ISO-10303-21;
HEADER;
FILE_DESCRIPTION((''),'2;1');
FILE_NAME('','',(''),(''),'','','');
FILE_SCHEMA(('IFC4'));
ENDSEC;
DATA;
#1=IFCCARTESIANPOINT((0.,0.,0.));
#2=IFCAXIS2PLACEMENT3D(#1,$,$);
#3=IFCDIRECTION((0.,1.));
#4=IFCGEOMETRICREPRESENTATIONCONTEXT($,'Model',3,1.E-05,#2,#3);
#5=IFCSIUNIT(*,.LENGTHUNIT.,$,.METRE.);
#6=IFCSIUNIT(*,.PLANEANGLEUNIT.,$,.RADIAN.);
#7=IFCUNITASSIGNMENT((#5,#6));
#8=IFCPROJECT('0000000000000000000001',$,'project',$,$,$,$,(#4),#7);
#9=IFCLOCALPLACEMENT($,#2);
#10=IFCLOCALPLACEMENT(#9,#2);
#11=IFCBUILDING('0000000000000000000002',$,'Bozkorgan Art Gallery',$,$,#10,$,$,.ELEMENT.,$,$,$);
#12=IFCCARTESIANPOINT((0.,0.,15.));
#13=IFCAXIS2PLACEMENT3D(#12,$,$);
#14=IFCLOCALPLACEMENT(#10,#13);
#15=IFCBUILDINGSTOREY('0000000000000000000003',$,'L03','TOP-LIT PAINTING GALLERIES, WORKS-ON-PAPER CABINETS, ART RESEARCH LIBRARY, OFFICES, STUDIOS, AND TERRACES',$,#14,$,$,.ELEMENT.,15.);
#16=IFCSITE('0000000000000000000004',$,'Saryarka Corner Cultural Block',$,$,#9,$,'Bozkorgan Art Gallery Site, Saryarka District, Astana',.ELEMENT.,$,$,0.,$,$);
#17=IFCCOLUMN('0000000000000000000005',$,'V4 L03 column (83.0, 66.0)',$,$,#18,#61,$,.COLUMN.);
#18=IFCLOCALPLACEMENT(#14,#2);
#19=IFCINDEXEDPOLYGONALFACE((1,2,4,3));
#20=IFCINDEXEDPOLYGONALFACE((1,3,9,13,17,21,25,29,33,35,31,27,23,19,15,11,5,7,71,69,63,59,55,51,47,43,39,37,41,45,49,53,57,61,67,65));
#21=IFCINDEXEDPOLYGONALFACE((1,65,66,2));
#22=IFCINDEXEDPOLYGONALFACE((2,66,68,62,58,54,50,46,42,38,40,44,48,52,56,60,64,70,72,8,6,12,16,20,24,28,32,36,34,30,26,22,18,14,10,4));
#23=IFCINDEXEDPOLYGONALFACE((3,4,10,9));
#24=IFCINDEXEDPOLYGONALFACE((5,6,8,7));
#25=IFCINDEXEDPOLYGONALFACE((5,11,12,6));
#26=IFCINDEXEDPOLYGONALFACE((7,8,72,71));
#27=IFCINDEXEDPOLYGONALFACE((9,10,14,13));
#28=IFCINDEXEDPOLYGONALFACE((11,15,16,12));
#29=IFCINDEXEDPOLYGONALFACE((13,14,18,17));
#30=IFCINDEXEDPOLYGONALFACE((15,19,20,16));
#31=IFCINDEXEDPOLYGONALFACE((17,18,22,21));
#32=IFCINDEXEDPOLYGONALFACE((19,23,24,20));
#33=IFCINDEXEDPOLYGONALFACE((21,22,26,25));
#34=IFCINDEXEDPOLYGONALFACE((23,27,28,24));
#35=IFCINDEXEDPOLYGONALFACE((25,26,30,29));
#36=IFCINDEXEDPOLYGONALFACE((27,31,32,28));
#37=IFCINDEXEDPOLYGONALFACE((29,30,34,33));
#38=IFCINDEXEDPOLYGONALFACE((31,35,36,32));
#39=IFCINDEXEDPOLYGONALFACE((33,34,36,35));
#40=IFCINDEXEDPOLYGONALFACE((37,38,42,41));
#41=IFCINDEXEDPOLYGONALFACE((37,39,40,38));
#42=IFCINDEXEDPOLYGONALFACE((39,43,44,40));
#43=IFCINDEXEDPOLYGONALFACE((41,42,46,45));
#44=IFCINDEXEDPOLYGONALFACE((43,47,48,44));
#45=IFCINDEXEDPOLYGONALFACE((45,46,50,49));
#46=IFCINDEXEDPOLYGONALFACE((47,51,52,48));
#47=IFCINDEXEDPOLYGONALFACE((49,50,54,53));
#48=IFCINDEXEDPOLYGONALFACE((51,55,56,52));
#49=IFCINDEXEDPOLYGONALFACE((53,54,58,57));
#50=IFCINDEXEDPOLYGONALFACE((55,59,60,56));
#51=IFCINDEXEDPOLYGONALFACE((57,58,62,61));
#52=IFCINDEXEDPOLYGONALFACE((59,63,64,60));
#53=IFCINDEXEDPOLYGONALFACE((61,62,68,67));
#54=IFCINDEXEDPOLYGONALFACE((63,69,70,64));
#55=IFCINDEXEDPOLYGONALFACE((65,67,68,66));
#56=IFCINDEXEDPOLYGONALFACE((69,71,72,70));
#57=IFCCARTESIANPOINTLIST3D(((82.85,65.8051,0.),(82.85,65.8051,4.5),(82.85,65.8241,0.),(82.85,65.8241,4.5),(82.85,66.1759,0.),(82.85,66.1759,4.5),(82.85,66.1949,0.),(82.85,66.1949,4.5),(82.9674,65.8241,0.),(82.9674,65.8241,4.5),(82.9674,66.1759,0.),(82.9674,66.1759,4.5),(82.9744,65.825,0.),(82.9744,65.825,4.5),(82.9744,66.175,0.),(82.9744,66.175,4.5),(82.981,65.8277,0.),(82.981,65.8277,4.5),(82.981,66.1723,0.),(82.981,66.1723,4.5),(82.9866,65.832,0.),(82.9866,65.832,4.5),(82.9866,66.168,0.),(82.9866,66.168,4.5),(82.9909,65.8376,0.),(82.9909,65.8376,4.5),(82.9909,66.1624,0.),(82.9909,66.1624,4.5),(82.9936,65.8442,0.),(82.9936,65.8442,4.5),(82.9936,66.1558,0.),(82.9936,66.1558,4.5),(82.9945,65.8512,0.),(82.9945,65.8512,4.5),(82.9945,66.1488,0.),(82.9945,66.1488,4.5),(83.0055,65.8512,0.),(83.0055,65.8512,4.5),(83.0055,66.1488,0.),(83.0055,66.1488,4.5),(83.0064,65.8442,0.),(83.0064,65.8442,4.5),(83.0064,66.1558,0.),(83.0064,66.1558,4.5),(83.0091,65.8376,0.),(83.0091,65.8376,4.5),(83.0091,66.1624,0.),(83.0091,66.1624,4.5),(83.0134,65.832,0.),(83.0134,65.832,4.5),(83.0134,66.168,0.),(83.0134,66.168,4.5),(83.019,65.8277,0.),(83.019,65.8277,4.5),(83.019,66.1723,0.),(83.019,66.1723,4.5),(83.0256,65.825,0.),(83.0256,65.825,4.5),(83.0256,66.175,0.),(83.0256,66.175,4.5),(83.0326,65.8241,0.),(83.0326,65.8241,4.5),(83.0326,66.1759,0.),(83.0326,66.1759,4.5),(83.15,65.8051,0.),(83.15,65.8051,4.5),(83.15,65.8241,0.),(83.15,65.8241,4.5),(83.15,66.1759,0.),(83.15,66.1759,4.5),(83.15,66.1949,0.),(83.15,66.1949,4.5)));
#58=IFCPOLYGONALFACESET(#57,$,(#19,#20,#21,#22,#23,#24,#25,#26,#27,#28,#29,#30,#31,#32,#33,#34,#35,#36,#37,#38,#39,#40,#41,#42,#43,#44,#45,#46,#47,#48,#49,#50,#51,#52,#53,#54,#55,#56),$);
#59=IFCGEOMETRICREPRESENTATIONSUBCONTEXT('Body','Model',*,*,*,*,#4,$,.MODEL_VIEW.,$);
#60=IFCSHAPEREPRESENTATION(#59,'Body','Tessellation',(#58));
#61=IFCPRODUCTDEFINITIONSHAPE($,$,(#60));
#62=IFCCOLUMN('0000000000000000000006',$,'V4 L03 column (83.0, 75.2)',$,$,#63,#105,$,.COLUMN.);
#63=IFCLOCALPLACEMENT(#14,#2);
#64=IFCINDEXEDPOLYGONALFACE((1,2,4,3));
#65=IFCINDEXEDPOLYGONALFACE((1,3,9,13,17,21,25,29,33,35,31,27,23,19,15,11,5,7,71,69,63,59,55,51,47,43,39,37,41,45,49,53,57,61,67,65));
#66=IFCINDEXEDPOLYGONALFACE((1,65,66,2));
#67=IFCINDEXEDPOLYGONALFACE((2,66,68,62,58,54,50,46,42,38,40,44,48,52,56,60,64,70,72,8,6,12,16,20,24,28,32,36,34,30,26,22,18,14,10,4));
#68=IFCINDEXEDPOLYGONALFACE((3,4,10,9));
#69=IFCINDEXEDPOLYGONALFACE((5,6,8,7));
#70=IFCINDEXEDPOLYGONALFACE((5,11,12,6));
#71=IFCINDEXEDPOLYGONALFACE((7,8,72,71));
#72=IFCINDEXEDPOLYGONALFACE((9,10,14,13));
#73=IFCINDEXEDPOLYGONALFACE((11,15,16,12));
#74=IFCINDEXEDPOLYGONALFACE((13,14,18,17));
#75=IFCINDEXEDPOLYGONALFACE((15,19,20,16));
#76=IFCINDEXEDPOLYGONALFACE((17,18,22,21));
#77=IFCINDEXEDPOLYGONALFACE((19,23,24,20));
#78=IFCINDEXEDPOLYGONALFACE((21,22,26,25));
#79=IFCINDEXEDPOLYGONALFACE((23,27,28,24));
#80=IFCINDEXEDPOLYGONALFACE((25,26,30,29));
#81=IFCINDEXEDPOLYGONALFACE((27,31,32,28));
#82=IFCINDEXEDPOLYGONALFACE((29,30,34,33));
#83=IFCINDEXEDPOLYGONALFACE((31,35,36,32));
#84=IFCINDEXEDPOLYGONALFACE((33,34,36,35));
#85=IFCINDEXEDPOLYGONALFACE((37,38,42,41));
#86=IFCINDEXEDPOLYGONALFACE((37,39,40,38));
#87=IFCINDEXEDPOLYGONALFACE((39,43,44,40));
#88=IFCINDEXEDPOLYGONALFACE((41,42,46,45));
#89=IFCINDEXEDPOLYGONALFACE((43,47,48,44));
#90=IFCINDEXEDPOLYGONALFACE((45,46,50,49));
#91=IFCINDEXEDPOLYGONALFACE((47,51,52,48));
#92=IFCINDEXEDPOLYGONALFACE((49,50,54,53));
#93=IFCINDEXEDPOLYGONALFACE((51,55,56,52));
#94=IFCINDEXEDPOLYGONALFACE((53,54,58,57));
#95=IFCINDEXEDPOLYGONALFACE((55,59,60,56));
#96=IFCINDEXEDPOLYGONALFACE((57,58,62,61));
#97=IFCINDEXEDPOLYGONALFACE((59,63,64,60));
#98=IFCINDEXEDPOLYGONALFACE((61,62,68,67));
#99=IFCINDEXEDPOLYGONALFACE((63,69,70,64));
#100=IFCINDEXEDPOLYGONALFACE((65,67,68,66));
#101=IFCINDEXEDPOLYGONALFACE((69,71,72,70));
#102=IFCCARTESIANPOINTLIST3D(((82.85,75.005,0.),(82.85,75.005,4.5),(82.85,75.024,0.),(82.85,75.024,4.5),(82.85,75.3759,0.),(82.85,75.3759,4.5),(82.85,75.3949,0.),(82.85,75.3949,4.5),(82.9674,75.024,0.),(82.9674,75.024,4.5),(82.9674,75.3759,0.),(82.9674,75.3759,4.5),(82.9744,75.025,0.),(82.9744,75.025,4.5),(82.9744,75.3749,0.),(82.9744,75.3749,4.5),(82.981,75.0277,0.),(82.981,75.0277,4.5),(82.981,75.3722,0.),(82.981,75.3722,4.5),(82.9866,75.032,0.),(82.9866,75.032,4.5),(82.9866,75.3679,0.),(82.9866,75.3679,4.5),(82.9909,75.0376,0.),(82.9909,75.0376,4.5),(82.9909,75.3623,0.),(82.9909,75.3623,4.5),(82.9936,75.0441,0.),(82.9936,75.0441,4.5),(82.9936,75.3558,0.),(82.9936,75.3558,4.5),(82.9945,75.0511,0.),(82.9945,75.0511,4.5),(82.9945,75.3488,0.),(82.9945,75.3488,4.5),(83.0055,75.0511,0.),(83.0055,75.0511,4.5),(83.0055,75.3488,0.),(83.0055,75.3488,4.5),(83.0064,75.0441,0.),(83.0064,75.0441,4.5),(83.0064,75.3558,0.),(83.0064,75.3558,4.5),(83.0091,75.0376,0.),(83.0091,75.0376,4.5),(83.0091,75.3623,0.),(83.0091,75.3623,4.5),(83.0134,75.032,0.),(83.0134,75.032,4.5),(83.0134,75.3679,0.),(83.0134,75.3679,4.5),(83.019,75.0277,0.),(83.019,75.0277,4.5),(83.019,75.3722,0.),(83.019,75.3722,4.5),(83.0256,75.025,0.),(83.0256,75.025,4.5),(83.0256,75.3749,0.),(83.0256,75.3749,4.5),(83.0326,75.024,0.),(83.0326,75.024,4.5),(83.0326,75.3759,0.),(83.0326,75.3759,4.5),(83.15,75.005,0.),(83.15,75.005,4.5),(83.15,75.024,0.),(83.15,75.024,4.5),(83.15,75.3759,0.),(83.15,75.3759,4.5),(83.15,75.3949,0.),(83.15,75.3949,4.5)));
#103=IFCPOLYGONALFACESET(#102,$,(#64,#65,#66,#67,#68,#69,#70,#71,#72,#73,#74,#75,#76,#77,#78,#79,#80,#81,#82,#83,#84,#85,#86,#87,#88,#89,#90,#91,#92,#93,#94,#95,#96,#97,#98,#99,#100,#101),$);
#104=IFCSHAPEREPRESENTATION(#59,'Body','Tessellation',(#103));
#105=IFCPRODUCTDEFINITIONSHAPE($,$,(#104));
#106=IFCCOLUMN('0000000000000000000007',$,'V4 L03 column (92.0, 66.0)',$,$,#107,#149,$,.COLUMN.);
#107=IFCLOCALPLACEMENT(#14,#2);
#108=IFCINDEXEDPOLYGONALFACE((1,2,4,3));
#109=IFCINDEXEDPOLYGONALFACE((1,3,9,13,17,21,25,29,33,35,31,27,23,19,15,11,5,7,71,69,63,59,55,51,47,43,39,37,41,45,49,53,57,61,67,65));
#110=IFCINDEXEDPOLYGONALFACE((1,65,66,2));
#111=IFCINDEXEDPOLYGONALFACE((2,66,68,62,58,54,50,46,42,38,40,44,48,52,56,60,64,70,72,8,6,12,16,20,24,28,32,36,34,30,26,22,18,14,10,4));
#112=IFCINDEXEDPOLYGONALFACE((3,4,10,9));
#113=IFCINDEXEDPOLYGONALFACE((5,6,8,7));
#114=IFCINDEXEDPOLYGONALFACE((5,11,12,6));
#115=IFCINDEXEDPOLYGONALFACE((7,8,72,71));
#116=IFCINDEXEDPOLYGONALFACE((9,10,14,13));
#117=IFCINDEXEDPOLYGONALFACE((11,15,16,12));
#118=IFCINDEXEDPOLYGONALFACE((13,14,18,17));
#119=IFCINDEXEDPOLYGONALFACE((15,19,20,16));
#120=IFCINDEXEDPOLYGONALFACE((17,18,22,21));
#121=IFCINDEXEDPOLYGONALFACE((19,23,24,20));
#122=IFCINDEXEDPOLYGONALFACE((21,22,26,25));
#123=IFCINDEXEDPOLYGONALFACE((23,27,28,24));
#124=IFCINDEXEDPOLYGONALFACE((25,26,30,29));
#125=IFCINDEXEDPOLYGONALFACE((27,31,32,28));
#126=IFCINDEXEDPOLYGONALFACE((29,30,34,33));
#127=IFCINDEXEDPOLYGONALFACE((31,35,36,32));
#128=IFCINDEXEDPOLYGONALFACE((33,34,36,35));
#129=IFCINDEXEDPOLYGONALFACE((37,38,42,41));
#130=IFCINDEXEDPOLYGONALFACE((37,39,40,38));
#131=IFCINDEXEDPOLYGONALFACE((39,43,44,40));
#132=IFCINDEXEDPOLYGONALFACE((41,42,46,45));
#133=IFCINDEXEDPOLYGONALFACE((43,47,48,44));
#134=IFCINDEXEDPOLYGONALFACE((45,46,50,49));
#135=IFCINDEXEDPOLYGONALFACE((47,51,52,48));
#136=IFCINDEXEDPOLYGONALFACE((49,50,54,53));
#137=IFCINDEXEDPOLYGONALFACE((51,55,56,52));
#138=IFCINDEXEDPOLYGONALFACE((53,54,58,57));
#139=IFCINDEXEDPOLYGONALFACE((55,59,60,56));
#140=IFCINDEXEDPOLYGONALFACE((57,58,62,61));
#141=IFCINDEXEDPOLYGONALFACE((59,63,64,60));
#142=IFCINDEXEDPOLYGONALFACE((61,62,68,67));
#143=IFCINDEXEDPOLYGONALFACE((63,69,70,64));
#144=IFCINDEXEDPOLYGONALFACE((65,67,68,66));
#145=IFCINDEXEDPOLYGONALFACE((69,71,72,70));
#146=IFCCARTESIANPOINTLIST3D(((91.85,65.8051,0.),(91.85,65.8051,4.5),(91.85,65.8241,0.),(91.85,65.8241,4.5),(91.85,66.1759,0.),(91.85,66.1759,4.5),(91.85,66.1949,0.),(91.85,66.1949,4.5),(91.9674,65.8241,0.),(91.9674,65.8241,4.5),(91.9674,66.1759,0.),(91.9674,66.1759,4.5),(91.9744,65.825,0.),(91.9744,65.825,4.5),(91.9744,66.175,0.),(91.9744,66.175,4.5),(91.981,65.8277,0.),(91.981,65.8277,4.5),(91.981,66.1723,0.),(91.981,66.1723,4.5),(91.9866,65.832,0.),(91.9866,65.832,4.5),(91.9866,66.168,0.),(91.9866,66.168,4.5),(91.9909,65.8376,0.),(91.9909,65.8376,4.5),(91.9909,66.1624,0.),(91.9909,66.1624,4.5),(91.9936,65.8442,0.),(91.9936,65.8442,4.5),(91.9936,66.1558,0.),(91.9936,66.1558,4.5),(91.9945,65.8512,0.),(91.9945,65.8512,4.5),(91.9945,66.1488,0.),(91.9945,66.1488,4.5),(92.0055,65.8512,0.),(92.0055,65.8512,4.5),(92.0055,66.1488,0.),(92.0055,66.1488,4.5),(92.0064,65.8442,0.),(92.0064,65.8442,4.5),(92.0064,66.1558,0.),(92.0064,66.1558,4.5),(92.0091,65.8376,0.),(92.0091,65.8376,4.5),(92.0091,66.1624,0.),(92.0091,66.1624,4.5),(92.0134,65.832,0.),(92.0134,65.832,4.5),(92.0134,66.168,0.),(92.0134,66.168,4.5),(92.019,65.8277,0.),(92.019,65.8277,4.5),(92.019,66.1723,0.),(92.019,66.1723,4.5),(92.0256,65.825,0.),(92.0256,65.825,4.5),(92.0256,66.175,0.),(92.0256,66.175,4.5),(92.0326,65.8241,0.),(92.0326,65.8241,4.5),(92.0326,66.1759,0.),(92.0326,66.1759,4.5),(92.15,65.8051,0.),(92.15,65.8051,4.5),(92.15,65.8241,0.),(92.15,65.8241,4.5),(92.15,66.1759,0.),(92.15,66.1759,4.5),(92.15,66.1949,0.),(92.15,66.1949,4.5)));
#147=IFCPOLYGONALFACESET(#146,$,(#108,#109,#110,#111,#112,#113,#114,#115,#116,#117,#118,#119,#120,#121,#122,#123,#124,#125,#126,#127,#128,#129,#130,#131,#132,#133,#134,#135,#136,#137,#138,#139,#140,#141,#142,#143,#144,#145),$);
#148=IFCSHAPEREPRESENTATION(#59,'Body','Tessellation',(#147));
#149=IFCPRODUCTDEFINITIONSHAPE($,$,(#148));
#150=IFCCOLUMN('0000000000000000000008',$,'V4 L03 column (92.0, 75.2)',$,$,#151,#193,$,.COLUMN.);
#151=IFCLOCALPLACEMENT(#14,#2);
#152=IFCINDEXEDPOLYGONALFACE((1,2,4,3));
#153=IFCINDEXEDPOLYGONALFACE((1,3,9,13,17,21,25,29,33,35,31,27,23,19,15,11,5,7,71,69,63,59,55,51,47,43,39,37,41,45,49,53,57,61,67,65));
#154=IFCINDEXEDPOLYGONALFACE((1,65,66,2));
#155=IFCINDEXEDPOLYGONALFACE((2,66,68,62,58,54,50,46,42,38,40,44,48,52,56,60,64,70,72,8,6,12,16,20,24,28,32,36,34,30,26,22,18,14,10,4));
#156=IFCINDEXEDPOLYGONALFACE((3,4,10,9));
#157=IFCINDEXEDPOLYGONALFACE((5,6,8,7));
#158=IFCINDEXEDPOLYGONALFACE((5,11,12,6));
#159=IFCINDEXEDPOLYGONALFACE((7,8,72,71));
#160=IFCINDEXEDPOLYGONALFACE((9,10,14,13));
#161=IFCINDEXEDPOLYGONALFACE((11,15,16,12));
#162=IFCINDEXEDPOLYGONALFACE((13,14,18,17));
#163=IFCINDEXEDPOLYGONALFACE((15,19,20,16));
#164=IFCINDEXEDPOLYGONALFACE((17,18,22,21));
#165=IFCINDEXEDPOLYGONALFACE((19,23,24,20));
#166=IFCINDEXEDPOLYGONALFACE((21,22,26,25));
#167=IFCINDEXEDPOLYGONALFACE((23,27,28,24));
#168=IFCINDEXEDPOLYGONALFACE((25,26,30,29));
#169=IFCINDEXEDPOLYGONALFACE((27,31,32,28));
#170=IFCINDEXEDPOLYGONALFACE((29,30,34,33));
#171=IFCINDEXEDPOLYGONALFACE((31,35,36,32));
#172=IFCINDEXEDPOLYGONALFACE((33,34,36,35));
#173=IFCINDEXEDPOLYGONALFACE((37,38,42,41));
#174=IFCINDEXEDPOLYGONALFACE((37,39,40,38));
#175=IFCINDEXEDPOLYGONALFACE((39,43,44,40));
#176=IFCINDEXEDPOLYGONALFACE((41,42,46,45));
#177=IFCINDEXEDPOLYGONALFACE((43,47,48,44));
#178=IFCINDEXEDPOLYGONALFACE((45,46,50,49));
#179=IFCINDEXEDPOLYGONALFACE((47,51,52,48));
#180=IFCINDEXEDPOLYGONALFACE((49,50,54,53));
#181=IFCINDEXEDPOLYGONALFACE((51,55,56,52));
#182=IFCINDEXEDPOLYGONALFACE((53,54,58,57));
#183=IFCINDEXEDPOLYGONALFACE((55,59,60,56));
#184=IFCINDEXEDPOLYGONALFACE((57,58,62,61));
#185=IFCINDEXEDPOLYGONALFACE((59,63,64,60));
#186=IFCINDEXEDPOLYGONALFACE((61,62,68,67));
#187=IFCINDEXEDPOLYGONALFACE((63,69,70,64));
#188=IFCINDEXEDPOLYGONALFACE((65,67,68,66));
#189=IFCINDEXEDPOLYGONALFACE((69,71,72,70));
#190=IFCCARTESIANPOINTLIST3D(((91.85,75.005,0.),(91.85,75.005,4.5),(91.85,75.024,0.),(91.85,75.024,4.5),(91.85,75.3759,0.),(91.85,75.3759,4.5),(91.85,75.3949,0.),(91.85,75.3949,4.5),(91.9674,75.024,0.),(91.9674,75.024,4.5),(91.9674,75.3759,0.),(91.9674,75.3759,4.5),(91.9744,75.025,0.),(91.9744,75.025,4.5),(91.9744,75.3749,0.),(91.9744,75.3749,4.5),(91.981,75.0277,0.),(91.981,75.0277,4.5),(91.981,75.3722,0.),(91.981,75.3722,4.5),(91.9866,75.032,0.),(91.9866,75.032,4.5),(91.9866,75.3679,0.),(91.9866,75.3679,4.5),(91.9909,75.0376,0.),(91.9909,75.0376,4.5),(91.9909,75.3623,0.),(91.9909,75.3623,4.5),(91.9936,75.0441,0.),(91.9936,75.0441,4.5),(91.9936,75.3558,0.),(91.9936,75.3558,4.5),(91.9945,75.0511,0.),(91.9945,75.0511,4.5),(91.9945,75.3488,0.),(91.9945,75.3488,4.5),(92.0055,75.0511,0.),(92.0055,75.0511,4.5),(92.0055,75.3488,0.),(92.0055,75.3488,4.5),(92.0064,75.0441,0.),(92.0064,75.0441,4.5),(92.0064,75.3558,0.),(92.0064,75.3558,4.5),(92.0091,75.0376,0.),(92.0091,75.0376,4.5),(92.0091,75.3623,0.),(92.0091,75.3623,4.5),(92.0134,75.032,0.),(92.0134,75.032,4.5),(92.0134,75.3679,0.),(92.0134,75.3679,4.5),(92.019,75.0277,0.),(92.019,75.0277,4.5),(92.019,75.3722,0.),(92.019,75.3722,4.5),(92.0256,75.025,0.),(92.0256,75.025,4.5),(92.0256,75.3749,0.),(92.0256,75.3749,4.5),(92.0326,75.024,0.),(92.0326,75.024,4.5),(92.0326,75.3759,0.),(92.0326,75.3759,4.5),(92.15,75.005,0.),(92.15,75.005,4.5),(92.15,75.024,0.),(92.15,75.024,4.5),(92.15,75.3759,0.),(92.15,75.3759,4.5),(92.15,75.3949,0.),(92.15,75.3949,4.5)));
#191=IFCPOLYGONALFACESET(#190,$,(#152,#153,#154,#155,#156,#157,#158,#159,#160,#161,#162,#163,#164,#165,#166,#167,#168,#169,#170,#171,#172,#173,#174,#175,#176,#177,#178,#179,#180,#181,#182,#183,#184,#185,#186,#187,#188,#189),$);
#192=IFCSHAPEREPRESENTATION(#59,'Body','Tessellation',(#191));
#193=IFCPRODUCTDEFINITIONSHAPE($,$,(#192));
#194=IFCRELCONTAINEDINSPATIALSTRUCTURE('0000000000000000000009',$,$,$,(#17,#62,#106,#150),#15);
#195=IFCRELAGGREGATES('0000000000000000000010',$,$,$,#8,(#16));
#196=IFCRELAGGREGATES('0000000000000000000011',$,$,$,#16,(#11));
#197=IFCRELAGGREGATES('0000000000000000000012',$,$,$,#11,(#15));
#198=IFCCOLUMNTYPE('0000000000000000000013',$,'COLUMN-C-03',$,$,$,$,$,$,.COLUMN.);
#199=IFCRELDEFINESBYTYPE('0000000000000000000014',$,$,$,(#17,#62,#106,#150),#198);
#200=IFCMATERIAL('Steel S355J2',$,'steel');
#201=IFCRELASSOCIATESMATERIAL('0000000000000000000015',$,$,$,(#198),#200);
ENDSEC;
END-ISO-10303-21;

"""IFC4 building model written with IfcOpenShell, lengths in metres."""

from ifc_helpers import new_model, si_unit, direction, frame, origin, origin_2d, place, context, subcontext, project, spatial, i_section, extrude, material, material_profile, profile_set, type_object, element, save


model = new_model("IFC4")

# Units and contexts
model_context = context("Model", 3, precision=1e-05, world=origin(), true_north=direction((0.0, 1.0)))
body_context = subcontext(model_context, "Body", "Model", "MODEL_VIEW")
ifc_project = project(units=[si_unit("LENGTHUNIT", "METRE"), si_unit("PLANEANGLEUNIT", "RADIAN")], contexts=[model_context])

# Site, building, storey
site_placement = place(None, origin())
site = spatial("IfcSite", under=ifc_project, at=site_placement, Name="Saryarka Corner Cultural Block", LongName="Bozkorgan Art Gallery Site, Saryarka District, Astana", CompositionType="ELEMENT", RefElevation=0.0)
building_placement = place(site_placement, origin())
building = spatial("IfcBuilding", under=site, at=building_placement, Name="Bozkorgan Art Gallery", CompositionType="ELEMENT")
storey_placement = place(building_placement, frame((0.0, 0.0, 15.0)))
storey = spatial("IfcBuildingStorey", under=building, at=storey_placement, Name="L03", Description="TOP-LIT PAINTING GALLERIES, WORKS-ON-PAPER CABINETS, ART RESEARCH LIBRARY, OFFICES, STUDIOS, AND TERRACES", CompositionType="ELEMENT", Elevation=15.0)

# Columns
ifc_material_1 = material(Name="Steel S355J2", Category="steel")
ifc_material_profile_1 = material_profile(ifc_material_1, i_section(OverallWidth=0.3, OverallDepth=0.3899, WebThickness=0.011, FlangeThickness=0.019, FilletRadius=0.0271, at=origin_2d()), Name="HEA 400")
ifc_profile_set_1 = profile_set([ifc_material_profile_1], Name="Steel S355J2")
column_type = type_object("IfcColumnType", Name="COLUMN-C-03", PredefinedType="COLUMN", material=ifc_profile_set_1)
for number, where, z_axis, x_axis, name in (
    (1, (83.0, 66.0, 0.0), (0.0, 0.0, 1.0), (1.0, 0.0, 0.0), "V4 L03 column (83.0, 66.0)"),
    (2, (83.0, 75.2, 0.0), (0.0, 0.0, 1.0), (1.0, 0.0, 0.0), "V4 L03 column (83.0, 75.2)"),
    (3, (92.0, 66.0, 0.0), (0.0, 0.0, 1.0), (1.0, 0.0, 0.0), "V4 L03 column (92.0, 66.0)"),
    (4, (92.0, 75.2, 0.0), (0.0, 0.0, 1.0), (1.0, 0.0, 0.0), "V4 L03 column (92.0, 75.2)"),
):
    element("IfcColumn", number, at=place(storey_placement, frame(where, z_axis=z_axis, x_axis=x_axis)), inside=storey, type_object=column_type, Name=name, PredefinedType="COLUMN", context=body_context, shape_type="SweptSolid", body=[
        extrude(i_section(OverallWidth=0.3, OverallDepth=0.3899, WebThickness=0.011, FlangeThickness=0.019, FilletRadius=0.0271, at=origin_2d()), origin(), (0.0, 0.0, 1.0), 4.5),
    ])

save(model, "model.ifc")
